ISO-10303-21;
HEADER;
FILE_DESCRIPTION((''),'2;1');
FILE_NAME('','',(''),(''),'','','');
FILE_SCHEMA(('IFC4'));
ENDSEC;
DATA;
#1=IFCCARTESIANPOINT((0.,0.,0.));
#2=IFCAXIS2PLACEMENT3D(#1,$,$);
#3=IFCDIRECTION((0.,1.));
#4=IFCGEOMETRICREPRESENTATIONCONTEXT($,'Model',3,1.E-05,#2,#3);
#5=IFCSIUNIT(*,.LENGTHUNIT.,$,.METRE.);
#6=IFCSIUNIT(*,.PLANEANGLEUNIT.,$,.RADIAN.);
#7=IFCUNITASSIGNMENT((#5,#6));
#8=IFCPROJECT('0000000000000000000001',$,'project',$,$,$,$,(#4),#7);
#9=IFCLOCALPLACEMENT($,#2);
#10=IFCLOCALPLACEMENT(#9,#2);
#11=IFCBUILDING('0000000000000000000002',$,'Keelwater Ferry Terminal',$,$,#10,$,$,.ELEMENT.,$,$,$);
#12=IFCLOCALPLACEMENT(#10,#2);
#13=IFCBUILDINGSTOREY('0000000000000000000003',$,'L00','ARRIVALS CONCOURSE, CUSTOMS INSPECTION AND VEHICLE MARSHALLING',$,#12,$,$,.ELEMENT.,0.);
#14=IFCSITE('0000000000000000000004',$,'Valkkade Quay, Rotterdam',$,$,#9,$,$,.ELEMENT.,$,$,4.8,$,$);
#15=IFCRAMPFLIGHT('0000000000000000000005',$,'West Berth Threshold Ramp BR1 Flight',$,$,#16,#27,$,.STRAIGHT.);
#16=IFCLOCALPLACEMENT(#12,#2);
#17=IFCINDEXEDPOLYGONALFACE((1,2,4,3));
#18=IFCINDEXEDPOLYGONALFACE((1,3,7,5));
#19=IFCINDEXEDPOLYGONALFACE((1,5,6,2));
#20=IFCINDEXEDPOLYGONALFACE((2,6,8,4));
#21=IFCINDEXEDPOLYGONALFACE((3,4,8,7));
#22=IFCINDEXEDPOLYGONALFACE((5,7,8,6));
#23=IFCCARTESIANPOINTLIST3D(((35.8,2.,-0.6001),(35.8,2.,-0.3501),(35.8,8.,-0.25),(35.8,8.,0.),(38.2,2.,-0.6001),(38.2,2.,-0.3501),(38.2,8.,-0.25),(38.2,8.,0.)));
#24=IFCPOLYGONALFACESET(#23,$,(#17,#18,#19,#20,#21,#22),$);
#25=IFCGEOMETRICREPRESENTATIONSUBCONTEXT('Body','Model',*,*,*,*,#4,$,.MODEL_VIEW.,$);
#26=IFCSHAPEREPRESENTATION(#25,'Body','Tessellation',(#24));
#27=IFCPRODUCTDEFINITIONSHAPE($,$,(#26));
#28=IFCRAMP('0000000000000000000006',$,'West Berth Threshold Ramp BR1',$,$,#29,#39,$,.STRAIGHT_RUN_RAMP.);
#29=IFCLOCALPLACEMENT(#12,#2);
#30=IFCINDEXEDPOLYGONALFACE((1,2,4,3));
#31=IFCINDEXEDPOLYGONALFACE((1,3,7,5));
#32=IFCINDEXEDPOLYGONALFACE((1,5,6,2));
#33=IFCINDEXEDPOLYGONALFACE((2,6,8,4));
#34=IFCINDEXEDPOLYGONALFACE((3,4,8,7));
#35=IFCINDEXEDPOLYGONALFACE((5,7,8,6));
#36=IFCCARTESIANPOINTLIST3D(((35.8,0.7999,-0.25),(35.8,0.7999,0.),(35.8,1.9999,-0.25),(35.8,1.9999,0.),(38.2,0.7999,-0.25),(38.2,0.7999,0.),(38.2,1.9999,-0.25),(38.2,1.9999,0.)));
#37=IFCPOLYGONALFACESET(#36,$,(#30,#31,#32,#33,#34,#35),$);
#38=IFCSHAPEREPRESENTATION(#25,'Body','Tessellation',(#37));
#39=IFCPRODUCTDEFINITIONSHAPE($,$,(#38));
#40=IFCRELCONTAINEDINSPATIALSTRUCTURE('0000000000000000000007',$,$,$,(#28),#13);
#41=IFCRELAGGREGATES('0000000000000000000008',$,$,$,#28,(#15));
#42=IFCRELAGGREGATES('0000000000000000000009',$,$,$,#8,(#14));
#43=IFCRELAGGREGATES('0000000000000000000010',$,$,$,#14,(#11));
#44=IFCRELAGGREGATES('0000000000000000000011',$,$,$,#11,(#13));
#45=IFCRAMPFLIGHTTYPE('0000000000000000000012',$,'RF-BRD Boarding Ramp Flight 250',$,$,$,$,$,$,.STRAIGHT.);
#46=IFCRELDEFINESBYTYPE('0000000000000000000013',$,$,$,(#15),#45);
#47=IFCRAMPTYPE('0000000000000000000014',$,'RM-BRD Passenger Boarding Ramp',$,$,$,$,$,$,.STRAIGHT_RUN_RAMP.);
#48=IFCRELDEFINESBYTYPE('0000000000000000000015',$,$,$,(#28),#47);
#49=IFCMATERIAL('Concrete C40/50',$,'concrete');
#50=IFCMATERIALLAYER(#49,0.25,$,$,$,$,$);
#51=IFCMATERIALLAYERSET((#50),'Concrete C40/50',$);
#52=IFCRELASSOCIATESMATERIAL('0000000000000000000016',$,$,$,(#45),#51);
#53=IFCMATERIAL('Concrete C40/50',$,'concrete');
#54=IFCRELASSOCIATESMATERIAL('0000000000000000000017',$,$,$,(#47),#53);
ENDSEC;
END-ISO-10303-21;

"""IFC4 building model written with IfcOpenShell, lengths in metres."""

from ifc_helpers import new_model, si_unit, direction, frame, origin, origin_2d, place, context, subcontext, project, spatial, polyline, rectangle, outline, extrude, material, layer, layer_set, type_object, element, aggregate, save


model = new_model("IFC4")

# Units and contexts
model_context = context("Model", 3, precision=1e-05, world=origin(), true_north=direction((0.0, 1.0)))
body_context = subcontext(model_context, "Body", "Model", "MODEL_VIEW")
ifc_project = project(units=[si_unit("LENGTHUNIT", "METRE"), si_unit("PLANEANGLEUNIT", "RADIAN")], contexts=[model_context])

# Site, building, storey
site_placement = place(None, origin())
site = spatial("IfcSite", under=ifc_project, at=site_placement, Name="Valkkade Quay, Rotterdam", CompositionType="ELEMENT", RefElevation=4.8)
building_placement = place(site_placement, origin())
building = spatial("IfcBuilding", under=site, at=building_placement, Name="Keelwater Ferry Terminal", CompositionType="ELEMENT")
storey_placement = place(building_placement, origin())
storey = spatial("IfcBuildingStorey", under=building, at=storey_placement, Name="L00", Description="ARRIVALS CONCOURSE, CUSTOMS INSPECTION AND VEHICLE MARSHALLING", CompositionType="ELEMENT", Elevation=0.0)

# Ramp flight
ifc_material_1 = material(Name="Concrete C40/50", Category="concrete")
ifc_layer_1 = layer(ifc_material_1, 0.25)
ifc_layer_set_1 = layer_set([ifc_layer_1], Name="Concrete C40/50")
ramp_flight_type = type_object("IfcRampFlightType", Name="RF-BRD Boarding Ramp Flight 250", PredefinedType="STRAIGHT", material=ifc_layer_set_1)
ramp_flight_placement = place(storey_placement, frame((37.0, 2.0, -0.3501), z_axis=(0.0, 0.0, 1.0), x_axis=(0.0, 1.0, 0.0)))
ramp_flight = element("IfcRampFlight", 1, at=ramp_flight_placement, type_object=ramp_flight_type, Name="West Berth Threshold Ramp BR1 Flight", PredefinedType="STRAIGHT", context=body_context, shape_type="SweptSolid", body=[
    extrude(outline(polyline([(0.0, 0.0), (6.0, 0.3501), (6.0, 0.1001), (0.0, -0.25), (0.0, 0.0)])), frame((0.0, 1.2, 0.0), z_axis=(0.0, -1.0, 0.0), x_axis=(1.0, 0.0, 0.0)), (0.0, 0.0, 1.0), 2.3999),
])

# Ramp
ifc_material_2 = material(Name="Concrete C40/50", Category="concrete")
ramp_type = type_object("IfcRampType", Name="RM-BRD Passenger Boarding Ramp", PredefinedType="STRAIGHT_RUN_RAMP", material=ifc_material_2)
ramp_placement = place(storey_placement, frame((37.0, 1.3999, -0.25), z_axis=(0.0, 0.0, 1.0), x_axis=(1.0, 0.0, 0.0)))
ramp = element("IfcRamp", 2, at=ramp_placement, inside=storey, type_object=ramp_type, Name="West Berth Threshold Ramp BR1", PredefinedType="STRAIGHT_RUN_RAMP", context=body_context, shape_type="SweptSolid", body=[
    extrude(rectangle(XDim=2.3999, YDim=1.2, at=origin_2d()), origin(), (0.0, 0.0, 1.0), 0.25),
])
aggregate(ramp, [ramp_flight])

save(model, "model.ifc")
